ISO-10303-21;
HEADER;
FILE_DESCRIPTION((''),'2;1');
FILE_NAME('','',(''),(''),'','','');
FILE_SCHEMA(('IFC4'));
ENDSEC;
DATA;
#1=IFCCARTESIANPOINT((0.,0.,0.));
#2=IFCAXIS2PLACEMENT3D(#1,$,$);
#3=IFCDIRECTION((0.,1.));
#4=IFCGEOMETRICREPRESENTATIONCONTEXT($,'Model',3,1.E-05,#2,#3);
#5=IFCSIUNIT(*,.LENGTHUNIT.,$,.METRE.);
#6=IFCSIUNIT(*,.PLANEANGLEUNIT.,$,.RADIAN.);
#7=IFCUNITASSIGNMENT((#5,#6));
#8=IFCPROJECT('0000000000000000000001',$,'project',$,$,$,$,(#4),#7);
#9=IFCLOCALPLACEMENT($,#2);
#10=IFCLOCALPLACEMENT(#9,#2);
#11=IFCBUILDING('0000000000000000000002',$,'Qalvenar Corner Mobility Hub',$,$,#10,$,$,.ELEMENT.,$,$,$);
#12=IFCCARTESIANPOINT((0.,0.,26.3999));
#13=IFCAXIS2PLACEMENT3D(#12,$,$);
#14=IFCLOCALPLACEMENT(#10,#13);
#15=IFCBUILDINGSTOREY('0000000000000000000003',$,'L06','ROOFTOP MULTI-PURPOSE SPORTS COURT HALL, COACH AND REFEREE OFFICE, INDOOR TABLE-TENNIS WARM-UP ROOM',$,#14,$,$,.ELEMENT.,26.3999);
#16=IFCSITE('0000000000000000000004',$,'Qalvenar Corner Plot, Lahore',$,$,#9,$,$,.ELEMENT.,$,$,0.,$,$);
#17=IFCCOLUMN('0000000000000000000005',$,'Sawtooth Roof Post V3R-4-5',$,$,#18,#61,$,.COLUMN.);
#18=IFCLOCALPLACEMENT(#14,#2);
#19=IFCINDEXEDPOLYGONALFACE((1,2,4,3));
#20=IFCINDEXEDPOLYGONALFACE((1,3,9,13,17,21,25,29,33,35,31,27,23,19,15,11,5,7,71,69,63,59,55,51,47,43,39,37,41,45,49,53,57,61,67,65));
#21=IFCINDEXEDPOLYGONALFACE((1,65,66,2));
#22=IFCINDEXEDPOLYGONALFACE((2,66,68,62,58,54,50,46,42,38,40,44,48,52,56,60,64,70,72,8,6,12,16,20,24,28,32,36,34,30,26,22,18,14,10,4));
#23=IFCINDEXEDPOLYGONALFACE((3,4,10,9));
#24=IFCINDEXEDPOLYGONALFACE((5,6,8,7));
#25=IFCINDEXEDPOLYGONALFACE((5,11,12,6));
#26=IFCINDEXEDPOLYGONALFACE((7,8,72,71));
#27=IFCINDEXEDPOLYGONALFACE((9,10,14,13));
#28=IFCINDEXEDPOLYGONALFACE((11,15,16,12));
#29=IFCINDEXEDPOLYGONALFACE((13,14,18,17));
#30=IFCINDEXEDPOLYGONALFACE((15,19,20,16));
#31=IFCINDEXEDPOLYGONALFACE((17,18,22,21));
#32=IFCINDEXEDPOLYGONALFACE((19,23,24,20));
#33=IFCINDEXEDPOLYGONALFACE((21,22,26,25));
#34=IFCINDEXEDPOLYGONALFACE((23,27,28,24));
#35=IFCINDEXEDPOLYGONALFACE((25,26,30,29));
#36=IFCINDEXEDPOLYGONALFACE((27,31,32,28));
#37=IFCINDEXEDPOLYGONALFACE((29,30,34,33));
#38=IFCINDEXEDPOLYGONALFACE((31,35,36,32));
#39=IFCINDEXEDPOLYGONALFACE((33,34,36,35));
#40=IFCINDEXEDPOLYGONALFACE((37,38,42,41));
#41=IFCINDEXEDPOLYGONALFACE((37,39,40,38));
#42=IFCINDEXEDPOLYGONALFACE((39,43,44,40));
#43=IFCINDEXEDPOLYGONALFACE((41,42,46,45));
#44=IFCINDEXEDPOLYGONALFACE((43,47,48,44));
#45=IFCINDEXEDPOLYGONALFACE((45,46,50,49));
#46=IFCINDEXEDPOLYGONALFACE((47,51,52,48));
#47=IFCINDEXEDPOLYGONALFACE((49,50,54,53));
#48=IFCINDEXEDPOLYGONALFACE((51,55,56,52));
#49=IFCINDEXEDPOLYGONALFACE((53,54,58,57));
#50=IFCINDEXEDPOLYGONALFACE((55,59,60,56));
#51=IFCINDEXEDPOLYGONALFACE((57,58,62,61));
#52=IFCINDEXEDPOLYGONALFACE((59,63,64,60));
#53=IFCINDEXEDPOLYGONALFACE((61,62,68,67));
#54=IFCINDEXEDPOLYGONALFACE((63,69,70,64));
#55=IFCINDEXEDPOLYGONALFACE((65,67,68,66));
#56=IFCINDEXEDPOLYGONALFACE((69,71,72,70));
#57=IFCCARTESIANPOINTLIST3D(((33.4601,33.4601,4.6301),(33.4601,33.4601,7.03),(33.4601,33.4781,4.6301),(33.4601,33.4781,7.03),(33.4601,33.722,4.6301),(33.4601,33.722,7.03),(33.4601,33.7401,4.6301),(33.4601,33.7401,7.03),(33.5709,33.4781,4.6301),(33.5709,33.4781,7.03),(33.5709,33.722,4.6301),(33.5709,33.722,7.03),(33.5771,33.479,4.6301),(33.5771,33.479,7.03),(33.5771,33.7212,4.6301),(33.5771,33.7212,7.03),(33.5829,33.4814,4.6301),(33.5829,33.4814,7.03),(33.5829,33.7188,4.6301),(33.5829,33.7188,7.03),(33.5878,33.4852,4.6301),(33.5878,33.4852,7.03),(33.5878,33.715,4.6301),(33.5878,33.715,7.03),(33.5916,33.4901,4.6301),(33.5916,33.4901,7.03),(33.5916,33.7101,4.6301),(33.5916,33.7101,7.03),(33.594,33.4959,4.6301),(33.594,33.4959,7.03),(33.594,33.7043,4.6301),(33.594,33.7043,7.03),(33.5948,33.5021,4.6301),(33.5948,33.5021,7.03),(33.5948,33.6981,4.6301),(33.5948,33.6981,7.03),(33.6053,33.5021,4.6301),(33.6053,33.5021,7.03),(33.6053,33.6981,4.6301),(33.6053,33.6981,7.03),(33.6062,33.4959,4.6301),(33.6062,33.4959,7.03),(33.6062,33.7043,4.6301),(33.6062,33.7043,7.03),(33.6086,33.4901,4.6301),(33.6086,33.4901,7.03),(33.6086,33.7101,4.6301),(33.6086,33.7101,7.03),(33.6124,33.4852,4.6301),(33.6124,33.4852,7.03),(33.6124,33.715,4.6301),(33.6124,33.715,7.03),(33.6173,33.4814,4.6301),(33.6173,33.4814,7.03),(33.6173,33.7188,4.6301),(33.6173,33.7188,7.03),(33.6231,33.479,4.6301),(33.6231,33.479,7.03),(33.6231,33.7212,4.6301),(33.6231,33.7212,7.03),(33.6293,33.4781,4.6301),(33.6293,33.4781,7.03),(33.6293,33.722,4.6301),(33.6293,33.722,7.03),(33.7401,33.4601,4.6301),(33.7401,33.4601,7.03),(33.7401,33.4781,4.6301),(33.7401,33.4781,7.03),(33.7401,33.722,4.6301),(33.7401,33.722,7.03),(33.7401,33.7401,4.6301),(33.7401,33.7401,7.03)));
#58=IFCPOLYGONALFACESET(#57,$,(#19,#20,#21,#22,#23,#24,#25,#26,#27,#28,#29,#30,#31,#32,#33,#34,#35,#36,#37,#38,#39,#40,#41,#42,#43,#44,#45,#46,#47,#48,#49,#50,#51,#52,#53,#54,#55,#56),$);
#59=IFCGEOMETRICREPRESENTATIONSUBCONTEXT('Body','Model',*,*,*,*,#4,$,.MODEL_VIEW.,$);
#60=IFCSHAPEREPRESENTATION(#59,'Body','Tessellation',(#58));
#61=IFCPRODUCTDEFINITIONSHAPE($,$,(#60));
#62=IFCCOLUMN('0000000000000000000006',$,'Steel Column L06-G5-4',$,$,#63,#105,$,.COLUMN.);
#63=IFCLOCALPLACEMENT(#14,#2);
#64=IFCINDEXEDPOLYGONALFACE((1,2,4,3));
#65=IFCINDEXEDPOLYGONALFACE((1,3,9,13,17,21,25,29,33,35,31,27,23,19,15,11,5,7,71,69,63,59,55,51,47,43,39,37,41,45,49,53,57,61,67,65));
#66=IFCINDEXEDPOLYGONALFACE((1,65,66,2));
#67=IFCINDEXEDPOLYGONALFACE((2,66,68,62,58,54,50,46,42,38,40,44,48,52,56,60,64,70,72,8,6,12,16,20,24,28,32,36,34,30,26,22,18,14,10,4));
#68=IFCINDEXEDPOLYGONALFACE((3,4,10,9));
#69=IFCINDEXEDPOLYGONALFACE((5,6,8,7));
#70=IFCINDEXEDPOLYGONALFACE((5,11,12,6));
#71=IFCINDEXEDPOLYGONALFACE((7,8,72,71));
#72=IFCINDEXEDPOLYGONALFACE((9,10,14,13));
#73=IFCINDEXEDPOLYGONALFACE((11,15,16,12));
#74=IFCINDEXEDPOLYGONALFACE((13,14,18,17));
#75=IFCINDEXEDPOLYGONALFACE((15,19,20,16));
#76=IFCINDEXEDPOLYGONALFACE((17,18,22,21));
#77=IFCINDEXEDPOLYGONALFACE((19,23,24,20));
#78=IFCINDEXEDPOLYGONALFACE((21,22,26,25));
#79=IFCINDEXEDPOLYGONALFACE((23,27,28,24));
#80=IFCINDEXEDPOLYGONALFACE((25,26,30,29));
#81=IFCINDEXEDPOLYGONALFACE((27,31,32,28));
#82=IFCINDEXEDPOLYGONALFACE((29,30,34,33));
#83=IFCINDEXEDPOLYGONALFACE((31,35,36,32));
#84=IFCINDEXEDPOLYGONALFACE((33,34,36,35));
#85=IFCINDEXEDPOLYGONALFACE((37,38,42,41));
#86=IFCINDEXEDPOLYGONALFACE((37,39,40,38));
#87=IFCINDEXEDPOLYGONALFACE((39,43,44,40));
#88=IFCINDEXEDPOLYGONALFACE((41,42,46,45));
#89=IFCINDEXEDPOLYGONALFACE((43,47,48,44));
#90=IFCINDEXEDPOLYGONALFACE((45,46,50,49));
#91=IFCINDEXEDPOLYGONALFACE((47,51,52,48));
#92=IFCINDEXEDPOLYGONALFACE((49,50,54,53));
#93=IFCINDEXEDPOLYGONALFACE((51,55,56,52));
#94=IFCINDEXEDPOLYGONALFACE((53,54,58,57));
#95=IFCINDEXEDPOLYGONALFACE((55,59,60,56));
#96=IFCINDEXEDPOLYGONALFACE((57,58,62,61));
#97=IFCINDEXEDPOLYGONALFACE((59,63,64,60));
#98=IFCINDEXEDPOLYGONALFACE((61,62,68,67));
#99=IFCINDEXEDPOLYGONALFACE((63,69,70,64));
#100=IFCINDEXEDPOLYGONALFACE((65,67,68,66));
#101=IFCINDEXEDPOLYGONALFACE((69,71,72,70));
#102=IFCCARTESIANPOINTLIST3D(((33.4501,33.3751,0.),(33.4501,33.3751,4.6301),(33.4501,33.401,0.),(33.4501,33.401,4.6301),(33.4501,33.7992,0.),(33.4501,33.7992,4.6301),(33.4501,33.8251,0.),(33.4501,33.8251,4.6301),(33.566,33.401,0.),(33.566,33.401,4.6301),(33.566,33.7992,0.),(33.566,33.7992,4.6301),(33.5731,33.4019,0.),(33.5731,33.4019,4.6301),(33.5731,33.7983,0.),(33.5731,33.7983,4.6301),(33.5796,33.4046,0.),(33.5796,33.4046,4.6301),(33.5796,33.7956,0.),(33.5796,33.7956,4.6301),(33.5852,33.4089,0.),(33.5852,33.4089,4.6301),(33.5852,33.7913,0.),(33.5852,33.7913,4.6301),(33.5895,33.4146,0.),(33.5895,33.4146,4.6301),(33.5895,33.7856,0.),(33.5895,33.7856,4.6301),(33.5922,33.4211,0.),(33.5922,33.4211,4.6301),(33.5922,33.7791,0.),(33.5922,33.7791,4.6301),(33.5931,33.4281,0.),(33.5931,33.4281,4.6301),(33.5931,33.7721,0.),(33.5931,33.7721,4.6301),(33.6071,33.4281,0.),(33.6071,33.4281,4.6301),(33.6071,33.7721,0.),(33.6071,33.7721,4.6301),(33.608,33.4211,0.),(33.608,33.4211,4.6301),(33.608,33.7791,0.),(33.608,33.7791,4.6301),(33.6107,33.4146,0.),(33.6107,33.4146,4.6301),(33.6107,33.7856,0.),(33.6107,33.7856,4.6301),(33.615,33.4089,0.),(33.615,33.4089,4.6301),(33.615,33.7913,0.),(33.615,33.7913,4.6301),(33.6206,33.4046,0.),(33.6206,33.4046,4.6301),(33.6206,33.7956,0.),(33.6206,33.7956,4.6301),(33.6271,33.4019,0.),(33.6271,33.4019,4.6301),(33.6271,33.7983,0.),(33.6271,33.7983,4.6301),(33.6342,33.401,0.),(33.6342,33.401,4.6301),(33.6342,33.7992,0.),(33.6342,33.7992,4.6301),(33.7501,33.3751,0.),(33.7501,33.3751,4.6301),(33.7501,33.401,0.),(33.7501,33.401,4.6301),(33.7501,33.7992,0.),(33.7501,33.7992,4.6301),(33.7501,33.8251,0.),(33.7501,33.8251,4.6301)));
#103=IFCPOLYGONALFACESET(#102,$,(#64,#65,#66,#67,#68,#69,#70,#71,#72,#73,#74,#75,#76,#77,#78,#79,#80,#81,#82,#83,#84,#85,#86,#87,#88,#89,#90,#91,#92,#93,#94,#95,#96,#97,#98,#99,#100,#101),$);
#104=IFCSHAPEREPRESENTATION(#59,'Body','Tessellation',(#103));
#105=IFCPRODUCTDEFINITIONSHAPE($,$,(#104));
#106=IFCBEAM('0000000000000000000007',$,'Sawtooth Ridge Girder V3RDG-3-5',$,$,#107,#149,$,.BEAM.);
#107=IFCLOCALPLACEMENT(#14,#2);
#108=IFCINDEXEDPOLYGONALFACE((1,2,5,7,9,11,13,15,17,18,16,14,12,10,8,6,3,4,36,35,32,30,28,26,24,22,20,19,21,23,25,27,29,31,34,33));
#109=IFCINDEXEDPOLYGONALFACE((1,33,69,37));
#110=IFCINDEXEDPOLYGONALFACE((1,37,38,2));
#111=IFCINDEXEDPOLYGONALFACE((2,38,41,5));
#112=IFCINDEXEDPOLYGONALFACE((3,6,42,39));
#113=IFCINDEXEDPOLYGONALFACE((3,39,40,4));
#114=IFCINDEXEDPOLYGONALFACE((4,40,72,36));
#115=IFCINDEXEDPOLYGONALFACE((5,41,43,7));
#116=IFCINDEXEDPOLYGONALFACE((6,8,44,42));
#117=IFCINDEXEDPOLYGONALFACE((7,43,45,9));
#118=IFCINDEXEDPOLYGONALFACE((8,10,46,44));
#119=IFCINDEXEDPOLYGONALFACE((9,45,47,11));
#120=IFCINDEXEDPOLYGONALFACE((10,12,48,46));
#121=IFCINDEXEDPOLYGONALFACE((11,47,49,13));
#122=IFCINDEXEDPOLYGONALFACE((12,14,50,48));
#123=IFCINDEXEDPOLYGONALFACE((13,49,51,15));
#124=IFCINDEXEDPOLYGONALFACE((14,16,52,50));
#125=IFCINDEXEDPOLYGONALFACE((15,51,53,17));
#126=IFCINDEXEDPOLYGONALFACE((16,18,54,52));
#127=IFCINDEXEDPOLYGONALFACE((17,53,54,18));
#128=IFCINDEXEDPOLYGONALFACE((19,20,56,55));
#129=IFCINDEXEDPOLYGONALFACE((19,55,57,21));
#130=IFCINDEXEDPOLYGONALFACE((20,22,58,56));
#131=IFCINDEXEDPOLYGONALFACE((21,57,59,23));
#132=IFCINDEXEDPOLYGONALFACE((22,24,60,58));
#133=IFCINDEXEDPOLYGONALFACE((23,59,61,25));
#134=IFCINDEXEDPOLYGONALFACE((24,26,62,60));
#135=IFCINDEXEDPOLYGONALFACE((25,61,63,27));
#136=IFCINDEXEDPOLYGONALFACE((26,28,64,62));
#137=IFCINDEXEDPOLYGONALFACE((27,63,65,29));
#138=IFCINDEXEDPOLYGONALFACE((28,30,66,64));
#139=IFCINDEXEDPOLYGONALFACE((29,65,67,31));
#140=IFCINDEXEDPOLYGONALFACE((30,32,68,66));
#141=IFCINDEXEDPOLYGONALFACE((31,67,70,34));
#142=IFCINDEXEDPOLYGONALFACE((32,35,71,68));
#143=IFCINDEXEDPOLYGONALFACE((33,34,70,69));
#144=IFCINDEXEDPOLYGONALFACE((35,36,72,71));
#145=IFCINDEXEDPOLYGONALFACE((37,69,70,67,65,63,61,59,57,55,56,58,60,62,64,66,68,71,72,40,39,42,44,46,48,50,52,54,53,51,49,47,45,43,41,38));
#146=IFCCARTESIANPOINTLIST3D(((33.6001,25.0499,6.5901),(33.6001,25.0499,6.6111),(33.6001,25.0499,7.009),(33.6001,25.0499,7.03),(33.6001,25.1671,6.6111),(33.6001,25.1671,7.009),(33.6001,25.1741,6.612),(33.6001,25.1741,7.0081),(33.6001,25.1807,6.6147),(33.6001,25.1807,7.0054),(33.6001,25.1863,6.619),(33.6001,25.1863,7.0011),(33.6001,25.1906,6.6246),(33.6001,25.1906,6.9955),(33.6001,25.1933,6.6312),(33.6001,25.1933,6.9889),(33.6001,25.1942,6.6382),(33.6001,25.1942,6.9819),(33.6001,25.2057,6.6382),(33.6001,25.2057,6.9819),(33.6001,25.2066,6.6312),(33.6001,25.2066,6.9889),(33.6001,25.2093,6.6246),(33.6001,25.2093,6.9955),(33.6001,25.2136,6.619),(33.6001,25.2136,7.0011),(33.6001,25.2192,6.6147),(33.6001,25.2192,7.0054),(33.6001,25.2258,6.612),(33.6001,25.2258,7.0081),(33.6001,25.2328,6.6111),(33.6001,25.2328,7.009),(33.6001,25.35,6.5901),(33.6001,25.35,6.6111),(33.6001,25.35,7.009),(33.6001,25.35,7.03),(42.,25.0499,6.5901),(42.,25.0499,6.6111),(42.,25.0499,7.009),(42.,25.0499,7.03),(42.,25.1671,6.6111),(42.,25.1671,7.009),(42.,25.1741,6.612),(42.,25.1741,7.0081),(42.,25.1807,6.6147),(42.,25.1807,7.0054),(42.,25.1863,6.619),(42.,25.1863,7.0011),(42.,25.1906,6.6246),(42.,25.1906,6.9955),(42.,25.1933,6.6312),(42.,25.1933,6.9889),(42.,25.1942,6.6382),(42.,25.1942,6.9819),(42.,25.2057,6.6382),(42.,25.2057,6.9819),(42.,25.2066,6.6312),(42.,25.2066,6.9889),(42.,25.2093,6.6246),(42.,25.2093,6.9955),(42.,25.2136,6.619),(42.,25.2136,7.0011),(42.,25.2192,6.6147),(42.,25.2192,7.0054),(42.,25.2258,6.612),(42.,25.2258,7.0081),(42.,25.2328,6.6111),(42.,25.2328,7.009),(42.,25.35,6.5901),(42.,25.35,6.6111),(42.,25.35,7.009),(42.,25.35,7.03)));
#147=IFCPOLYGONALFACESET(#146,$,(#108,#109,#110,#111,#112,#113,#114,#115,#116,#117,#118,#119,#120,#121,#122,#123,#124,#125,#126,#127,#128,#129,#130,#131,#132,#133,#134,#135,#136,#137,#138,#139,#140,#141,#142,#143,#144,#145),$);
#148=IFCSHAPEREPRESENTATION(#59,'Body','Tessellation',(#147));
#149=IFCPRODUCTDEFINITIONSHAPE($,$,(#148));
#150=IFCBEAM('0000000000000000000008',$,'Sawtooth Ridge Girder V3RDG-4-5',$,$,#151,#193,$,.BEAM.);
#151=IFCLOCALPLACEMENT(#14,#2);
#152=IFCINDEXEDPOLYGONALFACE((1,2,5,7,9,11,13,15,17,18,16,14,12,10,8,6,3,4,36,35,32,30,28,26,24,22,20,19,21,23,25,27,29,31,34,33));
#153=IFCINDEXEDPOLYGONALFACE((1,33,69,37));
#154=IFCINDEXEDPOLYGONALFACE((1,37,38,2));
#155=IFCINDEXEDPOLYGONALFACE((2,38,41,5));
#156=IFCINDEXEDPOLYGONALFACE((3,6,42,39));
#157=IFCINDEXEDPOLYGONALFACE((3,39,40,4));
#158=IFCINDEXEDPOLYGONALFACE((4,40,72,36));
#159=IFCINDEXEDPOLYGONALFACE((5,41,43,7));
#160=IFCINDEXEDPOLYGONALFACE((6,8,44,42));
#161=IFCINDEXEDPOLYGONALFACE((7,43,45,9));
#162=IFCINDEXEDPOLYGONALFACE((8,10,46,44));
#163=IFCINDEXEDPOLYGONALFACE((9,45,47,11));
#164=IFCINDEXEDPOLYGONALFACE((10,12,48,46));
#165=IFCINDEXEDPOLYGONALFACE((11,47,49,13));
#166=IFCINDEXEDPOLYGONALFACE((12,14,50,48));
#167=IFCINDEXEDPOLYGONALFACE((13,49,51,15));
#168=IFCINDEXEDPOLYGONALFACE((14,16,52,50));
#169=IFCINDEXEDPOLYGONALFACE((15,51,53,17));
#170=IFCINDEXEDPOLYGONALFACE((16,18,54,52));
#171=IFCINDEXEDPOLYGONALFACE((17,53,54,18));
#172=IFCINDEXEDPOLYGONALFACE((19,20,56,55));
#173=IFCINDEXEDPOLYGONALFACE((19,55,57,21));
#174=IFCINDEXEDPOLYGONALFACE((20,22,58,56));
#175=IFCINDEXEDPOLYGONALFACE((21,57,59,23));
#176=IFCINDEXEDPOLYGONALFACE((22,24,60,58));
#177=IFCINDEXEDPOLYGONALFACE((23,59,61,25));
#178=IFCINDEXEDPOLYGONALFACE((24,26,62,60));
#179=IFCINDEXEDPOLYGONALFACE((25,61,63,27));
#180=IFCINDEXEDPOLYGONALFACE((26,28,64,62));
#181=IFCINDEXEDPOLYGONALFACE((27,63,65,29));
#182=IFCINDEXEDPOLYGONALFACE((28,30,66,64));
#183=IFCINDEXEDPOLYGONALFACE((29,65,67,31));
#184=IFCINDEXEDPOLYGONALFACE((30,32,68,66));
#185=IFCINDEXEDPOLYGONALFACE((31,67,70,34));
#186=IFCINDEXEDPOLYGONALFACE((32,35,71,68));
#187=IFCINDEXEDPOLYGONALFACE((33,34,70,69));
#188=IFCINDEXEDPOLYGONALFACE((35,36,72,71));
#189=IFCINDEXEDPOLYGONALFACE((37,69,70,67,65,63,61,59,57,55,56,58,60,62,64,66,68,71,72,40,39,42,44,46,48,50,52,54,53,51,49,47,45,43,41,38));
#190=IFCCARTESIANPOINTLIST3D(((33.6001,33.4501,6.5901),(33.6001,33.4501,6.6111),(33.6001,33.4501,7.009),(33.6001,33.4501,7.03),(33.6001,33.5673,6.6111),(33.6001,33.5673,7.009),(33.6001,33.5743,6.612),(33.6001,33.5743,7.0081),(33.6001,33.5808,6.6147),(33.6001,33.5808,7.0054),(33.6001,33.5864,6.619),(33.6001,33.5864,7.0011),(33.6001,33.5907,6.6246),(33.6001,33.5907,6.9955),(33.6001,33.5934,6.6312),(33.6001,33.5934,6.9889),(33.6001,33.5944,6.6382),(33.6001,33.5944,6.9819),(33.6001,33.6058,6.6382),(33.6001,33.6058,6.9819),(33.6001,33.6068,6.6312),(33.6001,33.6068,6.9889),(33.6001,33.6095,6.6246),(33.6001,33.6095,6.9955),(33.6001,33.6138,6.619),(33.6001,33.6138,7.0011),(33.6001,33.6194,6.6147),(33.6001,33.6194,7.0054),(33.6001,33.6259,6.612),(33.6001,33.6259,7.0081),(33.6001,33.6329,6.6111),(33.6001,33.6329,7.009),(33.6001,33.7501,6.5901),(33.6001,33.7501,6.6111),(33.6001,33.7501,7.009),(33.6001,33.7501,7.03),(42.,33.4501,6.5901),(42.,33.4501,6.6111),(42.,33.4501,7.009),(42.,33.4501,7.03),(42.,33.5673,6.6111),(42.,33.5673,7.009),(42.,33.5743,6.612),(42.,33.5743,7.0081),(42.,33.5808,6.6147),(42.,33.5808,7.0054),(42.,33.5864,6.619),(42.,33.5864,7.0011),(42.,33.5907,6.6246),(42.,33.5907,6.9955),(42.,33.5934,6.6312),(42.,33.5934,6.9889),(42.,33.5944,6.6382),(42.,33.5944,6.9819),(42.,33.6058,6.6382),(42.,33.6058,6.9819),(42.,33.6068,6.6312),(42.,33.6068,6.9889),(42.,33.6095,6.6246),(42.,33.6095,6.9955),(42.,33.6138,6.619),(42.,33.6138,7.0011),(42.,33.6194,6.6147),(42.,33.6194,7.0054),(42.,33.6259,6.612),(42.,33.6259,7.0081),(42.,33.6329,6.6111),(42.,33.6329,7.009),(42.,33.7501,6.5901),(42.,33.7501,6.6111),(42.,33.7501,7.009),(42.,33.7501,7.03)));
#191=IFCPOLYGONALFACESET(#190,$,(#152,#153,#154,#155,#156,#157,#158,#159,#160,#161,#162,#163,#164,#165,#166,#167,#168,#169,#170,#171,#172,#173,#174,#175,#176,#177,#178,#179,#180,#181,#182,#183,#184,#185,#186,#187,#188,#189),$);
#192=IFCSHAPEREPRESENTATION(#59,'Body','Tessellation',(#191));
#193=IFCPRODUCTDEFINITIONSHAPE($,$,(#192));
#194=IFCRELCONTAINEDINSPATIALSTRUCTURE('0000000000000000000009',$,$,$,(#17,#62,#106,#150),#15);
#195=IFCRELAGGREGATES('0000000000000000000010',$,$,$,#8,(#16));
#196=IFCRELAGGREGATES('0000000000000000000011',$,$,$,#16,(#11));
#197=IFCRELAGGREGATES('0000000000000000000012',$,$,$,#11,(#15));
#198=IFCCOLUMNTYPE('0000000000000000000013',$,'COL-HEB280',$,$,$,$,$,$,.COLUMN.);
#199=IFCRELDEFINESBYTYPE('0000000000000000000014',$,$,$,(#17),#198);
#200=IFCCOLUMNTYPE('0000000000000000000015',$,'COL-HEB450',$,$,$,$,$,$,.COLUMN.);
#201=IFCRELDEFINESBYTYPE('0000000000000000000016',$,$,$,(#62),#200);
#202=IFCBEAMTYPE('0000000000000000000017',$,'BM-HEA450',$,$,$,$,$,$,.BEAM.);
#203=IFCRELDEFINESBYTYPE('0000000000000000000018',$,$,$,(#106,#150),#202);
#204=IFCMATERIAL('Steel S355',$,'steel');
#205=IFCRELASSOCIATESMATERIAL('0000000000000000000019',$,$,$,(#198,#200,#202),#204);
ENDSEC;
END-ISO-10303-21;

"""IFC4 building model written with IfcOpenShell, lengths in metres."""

from ifc_helpers import new_model, si_unit, direction, frame, origin, origin_2d, place, context, subcontext, project, spatial, i_section, extrude, material, material_profile, profile_set, type_object, element, save


model = new_model("IFC4")

# Units and contexts
model_context = context("Model", 3, precision=1e-05, world=origin(), true_north=direction((0.0, 1.0)))
body_context = subcontext(model_context, "Body", "Model", "MODEL_VIEW")
ifc_project = project(units=[si_unit("LENGTHUNIT", "METRE"), si_unit("PLANEANGLEUNIT", "RADIAN")], contexts=[model_context])

# Site, building, storey
site_placement = place(None, origin())
site = spatial("IfcSite", under=ifc_project, at=site_placement, Name="Qalvenar Corner Plot, Lahore", CompositionType="ELEMENT", RefElevation=0.0)
building_placement = place(site_placement, origin())
building = spatial("IfcBuilding", under=site, at=building_placement, Name="Qalvenar Corner Mobility Hub", CompositionType="ELEMENT")
storey_placement = place(building_placement, frame((0.0, 0.0, 26.3999)))
storey = spatial("IfcBuildingStorey", under=building, at=storey_placement, Name="L06", Description="ROOFTOP MULTI-PURPOSE SPORTS COURT HALL, COACH AND REFEREE OFFICE, INDOOR TABLE-TENNIS WARM-UP ROOM", CompositionType="ELEMENT", Elevation=26.3999)

# Columns
ifc_material_1 = material(Name="Steel S355", Category="steel")
ifc_material_profile_1 = material_profile(ifc_material_1, i_section(OverallWidth=0.28, OverallDepth=0.28, WebThickness=0.0105, FlangeThickness=0.0181, FilletRadius=0.0239, at=origin_2d()), Name="HEB280")
ifc_profile_set_1 = profile_set([ifc_material_profile_1], Name="Steel S355")
column_type_1 = type_object("IfcColumnType", Name="COL-HEB280", PredefinedType="COLUMN", material=ifc_profile_set_1)
column_1_placement = place(storey_placement, frame((33.6001, 33.6001, 4.6301), z_axis=(0.0, 0.0, 1.0), x_axis=(1.0, 0.0, 0.0)))
element("IfcColumn", 1, at=column_1_placement, inside=storey, type_object=column_type_1, Name="Sawtooth Roof Post V3R-4-5", PredefinedType="COLUMN", context=body_context, shape_type="SweptSolid", body=[
    extrude(i_section(OverallWidth=0.28, OverallDepth=0.28, WebThickness=0.0105, FlangeThickness=0.0181, FilletRadius=0.0239, at=origin_2d()), origin(), (0.0, 0.0, 1.0), 2.3999),
])
ifc_material_profile_2 = material_profile(ifc_material_1, i_section(OverallWidth=0.3, OverallDepth=0.45, WebThickness=0.0139, FlangeThickness=0.0259, FilletRadius=0.0271, at=origin_2d()), Name="HEB450")
ifc_profile_set_2 = profile_set([ifc_material_profile_2], Name="Steel S355")
column_type_2 = type_object("IfcColumnType", Name="COL-HEB450", PredefinedType="COLUMN", material=ifc_profile_set_2)
column_2_placement = place(storey_placement, frame((33.6001, 33.6001, 0.0), z_axis=(0.0, 0.0, 1.0), x_axis=(1.0, 0.0, 0.0)))
element("IfcColumn", 2, at=column_2_placement, inside=storey, type_object=column_type_2, Name="Steel Column L06-G5-4", PredefinedType="COLUMN", context=body_context, shape_type="SweptSolid", body=[
    extrude(i_section(OverallWidth=0.3, OverallDepth=0.45, WebThickness=0.0139, FlangeThickness=0.0259, FilletRadius=0.0271, at=origin_2d()), origin(), (0.0, 0.0, 1.0), 4.6301),
])

# Beams
ifc_material_profile_3 = material_profile(ifc_material_1, i_section(OverallWidth=0.3, OverallDepth=0.4399, WebThickness=0.0115, FlangeThickness=0.021, FilletRadius=0.0271, at=origin_2d()), Name="HEA450")
ifc_profile_set_3 = profile_set([ifc_material_profile_3], Name="Steel S355")
beam_type_1 = type_object("IfcBeamType", Name="BM-HEA450", PredefinedType="BEAM", material=ifc_profile_set_3)
for number, where, z_axis, x_axis, name in (
    (3, (33.6001, 25.2, 6.8101), (1.0, 0.0, 0.0), (0.0, 1.0, 0.0), "Sawtooth Ridge Girder V3RDG-3-5"),
    (4, (33.6001, 33.6001, 6.8101), (1.0, 0.0, 0.0), (0.0, 1.0, 0.0), "Sawtooth Ridge Girder V3RDG-4-5"),
):
    element("IfcBeam", number, at=place(storey_placement, frame(where, z_axis=z_axis, x_axis=x_axis)), inside=storey, type_object=beam_type_1, Name=name, PredefinedType="BEAM", context=body_context, shape_type="SweptSolid", body=[
        extrude(i_section(OverallWidth=0.3, OverallDepth=0.4399, WebThickness=0.0115, FlangeThickness=0.021, FilletRadius=0.0271, at=origin_2d()), origin(), (0.0, 0.0, 1.0), 8.3999),
    ])

save(model, "model.ifc")
